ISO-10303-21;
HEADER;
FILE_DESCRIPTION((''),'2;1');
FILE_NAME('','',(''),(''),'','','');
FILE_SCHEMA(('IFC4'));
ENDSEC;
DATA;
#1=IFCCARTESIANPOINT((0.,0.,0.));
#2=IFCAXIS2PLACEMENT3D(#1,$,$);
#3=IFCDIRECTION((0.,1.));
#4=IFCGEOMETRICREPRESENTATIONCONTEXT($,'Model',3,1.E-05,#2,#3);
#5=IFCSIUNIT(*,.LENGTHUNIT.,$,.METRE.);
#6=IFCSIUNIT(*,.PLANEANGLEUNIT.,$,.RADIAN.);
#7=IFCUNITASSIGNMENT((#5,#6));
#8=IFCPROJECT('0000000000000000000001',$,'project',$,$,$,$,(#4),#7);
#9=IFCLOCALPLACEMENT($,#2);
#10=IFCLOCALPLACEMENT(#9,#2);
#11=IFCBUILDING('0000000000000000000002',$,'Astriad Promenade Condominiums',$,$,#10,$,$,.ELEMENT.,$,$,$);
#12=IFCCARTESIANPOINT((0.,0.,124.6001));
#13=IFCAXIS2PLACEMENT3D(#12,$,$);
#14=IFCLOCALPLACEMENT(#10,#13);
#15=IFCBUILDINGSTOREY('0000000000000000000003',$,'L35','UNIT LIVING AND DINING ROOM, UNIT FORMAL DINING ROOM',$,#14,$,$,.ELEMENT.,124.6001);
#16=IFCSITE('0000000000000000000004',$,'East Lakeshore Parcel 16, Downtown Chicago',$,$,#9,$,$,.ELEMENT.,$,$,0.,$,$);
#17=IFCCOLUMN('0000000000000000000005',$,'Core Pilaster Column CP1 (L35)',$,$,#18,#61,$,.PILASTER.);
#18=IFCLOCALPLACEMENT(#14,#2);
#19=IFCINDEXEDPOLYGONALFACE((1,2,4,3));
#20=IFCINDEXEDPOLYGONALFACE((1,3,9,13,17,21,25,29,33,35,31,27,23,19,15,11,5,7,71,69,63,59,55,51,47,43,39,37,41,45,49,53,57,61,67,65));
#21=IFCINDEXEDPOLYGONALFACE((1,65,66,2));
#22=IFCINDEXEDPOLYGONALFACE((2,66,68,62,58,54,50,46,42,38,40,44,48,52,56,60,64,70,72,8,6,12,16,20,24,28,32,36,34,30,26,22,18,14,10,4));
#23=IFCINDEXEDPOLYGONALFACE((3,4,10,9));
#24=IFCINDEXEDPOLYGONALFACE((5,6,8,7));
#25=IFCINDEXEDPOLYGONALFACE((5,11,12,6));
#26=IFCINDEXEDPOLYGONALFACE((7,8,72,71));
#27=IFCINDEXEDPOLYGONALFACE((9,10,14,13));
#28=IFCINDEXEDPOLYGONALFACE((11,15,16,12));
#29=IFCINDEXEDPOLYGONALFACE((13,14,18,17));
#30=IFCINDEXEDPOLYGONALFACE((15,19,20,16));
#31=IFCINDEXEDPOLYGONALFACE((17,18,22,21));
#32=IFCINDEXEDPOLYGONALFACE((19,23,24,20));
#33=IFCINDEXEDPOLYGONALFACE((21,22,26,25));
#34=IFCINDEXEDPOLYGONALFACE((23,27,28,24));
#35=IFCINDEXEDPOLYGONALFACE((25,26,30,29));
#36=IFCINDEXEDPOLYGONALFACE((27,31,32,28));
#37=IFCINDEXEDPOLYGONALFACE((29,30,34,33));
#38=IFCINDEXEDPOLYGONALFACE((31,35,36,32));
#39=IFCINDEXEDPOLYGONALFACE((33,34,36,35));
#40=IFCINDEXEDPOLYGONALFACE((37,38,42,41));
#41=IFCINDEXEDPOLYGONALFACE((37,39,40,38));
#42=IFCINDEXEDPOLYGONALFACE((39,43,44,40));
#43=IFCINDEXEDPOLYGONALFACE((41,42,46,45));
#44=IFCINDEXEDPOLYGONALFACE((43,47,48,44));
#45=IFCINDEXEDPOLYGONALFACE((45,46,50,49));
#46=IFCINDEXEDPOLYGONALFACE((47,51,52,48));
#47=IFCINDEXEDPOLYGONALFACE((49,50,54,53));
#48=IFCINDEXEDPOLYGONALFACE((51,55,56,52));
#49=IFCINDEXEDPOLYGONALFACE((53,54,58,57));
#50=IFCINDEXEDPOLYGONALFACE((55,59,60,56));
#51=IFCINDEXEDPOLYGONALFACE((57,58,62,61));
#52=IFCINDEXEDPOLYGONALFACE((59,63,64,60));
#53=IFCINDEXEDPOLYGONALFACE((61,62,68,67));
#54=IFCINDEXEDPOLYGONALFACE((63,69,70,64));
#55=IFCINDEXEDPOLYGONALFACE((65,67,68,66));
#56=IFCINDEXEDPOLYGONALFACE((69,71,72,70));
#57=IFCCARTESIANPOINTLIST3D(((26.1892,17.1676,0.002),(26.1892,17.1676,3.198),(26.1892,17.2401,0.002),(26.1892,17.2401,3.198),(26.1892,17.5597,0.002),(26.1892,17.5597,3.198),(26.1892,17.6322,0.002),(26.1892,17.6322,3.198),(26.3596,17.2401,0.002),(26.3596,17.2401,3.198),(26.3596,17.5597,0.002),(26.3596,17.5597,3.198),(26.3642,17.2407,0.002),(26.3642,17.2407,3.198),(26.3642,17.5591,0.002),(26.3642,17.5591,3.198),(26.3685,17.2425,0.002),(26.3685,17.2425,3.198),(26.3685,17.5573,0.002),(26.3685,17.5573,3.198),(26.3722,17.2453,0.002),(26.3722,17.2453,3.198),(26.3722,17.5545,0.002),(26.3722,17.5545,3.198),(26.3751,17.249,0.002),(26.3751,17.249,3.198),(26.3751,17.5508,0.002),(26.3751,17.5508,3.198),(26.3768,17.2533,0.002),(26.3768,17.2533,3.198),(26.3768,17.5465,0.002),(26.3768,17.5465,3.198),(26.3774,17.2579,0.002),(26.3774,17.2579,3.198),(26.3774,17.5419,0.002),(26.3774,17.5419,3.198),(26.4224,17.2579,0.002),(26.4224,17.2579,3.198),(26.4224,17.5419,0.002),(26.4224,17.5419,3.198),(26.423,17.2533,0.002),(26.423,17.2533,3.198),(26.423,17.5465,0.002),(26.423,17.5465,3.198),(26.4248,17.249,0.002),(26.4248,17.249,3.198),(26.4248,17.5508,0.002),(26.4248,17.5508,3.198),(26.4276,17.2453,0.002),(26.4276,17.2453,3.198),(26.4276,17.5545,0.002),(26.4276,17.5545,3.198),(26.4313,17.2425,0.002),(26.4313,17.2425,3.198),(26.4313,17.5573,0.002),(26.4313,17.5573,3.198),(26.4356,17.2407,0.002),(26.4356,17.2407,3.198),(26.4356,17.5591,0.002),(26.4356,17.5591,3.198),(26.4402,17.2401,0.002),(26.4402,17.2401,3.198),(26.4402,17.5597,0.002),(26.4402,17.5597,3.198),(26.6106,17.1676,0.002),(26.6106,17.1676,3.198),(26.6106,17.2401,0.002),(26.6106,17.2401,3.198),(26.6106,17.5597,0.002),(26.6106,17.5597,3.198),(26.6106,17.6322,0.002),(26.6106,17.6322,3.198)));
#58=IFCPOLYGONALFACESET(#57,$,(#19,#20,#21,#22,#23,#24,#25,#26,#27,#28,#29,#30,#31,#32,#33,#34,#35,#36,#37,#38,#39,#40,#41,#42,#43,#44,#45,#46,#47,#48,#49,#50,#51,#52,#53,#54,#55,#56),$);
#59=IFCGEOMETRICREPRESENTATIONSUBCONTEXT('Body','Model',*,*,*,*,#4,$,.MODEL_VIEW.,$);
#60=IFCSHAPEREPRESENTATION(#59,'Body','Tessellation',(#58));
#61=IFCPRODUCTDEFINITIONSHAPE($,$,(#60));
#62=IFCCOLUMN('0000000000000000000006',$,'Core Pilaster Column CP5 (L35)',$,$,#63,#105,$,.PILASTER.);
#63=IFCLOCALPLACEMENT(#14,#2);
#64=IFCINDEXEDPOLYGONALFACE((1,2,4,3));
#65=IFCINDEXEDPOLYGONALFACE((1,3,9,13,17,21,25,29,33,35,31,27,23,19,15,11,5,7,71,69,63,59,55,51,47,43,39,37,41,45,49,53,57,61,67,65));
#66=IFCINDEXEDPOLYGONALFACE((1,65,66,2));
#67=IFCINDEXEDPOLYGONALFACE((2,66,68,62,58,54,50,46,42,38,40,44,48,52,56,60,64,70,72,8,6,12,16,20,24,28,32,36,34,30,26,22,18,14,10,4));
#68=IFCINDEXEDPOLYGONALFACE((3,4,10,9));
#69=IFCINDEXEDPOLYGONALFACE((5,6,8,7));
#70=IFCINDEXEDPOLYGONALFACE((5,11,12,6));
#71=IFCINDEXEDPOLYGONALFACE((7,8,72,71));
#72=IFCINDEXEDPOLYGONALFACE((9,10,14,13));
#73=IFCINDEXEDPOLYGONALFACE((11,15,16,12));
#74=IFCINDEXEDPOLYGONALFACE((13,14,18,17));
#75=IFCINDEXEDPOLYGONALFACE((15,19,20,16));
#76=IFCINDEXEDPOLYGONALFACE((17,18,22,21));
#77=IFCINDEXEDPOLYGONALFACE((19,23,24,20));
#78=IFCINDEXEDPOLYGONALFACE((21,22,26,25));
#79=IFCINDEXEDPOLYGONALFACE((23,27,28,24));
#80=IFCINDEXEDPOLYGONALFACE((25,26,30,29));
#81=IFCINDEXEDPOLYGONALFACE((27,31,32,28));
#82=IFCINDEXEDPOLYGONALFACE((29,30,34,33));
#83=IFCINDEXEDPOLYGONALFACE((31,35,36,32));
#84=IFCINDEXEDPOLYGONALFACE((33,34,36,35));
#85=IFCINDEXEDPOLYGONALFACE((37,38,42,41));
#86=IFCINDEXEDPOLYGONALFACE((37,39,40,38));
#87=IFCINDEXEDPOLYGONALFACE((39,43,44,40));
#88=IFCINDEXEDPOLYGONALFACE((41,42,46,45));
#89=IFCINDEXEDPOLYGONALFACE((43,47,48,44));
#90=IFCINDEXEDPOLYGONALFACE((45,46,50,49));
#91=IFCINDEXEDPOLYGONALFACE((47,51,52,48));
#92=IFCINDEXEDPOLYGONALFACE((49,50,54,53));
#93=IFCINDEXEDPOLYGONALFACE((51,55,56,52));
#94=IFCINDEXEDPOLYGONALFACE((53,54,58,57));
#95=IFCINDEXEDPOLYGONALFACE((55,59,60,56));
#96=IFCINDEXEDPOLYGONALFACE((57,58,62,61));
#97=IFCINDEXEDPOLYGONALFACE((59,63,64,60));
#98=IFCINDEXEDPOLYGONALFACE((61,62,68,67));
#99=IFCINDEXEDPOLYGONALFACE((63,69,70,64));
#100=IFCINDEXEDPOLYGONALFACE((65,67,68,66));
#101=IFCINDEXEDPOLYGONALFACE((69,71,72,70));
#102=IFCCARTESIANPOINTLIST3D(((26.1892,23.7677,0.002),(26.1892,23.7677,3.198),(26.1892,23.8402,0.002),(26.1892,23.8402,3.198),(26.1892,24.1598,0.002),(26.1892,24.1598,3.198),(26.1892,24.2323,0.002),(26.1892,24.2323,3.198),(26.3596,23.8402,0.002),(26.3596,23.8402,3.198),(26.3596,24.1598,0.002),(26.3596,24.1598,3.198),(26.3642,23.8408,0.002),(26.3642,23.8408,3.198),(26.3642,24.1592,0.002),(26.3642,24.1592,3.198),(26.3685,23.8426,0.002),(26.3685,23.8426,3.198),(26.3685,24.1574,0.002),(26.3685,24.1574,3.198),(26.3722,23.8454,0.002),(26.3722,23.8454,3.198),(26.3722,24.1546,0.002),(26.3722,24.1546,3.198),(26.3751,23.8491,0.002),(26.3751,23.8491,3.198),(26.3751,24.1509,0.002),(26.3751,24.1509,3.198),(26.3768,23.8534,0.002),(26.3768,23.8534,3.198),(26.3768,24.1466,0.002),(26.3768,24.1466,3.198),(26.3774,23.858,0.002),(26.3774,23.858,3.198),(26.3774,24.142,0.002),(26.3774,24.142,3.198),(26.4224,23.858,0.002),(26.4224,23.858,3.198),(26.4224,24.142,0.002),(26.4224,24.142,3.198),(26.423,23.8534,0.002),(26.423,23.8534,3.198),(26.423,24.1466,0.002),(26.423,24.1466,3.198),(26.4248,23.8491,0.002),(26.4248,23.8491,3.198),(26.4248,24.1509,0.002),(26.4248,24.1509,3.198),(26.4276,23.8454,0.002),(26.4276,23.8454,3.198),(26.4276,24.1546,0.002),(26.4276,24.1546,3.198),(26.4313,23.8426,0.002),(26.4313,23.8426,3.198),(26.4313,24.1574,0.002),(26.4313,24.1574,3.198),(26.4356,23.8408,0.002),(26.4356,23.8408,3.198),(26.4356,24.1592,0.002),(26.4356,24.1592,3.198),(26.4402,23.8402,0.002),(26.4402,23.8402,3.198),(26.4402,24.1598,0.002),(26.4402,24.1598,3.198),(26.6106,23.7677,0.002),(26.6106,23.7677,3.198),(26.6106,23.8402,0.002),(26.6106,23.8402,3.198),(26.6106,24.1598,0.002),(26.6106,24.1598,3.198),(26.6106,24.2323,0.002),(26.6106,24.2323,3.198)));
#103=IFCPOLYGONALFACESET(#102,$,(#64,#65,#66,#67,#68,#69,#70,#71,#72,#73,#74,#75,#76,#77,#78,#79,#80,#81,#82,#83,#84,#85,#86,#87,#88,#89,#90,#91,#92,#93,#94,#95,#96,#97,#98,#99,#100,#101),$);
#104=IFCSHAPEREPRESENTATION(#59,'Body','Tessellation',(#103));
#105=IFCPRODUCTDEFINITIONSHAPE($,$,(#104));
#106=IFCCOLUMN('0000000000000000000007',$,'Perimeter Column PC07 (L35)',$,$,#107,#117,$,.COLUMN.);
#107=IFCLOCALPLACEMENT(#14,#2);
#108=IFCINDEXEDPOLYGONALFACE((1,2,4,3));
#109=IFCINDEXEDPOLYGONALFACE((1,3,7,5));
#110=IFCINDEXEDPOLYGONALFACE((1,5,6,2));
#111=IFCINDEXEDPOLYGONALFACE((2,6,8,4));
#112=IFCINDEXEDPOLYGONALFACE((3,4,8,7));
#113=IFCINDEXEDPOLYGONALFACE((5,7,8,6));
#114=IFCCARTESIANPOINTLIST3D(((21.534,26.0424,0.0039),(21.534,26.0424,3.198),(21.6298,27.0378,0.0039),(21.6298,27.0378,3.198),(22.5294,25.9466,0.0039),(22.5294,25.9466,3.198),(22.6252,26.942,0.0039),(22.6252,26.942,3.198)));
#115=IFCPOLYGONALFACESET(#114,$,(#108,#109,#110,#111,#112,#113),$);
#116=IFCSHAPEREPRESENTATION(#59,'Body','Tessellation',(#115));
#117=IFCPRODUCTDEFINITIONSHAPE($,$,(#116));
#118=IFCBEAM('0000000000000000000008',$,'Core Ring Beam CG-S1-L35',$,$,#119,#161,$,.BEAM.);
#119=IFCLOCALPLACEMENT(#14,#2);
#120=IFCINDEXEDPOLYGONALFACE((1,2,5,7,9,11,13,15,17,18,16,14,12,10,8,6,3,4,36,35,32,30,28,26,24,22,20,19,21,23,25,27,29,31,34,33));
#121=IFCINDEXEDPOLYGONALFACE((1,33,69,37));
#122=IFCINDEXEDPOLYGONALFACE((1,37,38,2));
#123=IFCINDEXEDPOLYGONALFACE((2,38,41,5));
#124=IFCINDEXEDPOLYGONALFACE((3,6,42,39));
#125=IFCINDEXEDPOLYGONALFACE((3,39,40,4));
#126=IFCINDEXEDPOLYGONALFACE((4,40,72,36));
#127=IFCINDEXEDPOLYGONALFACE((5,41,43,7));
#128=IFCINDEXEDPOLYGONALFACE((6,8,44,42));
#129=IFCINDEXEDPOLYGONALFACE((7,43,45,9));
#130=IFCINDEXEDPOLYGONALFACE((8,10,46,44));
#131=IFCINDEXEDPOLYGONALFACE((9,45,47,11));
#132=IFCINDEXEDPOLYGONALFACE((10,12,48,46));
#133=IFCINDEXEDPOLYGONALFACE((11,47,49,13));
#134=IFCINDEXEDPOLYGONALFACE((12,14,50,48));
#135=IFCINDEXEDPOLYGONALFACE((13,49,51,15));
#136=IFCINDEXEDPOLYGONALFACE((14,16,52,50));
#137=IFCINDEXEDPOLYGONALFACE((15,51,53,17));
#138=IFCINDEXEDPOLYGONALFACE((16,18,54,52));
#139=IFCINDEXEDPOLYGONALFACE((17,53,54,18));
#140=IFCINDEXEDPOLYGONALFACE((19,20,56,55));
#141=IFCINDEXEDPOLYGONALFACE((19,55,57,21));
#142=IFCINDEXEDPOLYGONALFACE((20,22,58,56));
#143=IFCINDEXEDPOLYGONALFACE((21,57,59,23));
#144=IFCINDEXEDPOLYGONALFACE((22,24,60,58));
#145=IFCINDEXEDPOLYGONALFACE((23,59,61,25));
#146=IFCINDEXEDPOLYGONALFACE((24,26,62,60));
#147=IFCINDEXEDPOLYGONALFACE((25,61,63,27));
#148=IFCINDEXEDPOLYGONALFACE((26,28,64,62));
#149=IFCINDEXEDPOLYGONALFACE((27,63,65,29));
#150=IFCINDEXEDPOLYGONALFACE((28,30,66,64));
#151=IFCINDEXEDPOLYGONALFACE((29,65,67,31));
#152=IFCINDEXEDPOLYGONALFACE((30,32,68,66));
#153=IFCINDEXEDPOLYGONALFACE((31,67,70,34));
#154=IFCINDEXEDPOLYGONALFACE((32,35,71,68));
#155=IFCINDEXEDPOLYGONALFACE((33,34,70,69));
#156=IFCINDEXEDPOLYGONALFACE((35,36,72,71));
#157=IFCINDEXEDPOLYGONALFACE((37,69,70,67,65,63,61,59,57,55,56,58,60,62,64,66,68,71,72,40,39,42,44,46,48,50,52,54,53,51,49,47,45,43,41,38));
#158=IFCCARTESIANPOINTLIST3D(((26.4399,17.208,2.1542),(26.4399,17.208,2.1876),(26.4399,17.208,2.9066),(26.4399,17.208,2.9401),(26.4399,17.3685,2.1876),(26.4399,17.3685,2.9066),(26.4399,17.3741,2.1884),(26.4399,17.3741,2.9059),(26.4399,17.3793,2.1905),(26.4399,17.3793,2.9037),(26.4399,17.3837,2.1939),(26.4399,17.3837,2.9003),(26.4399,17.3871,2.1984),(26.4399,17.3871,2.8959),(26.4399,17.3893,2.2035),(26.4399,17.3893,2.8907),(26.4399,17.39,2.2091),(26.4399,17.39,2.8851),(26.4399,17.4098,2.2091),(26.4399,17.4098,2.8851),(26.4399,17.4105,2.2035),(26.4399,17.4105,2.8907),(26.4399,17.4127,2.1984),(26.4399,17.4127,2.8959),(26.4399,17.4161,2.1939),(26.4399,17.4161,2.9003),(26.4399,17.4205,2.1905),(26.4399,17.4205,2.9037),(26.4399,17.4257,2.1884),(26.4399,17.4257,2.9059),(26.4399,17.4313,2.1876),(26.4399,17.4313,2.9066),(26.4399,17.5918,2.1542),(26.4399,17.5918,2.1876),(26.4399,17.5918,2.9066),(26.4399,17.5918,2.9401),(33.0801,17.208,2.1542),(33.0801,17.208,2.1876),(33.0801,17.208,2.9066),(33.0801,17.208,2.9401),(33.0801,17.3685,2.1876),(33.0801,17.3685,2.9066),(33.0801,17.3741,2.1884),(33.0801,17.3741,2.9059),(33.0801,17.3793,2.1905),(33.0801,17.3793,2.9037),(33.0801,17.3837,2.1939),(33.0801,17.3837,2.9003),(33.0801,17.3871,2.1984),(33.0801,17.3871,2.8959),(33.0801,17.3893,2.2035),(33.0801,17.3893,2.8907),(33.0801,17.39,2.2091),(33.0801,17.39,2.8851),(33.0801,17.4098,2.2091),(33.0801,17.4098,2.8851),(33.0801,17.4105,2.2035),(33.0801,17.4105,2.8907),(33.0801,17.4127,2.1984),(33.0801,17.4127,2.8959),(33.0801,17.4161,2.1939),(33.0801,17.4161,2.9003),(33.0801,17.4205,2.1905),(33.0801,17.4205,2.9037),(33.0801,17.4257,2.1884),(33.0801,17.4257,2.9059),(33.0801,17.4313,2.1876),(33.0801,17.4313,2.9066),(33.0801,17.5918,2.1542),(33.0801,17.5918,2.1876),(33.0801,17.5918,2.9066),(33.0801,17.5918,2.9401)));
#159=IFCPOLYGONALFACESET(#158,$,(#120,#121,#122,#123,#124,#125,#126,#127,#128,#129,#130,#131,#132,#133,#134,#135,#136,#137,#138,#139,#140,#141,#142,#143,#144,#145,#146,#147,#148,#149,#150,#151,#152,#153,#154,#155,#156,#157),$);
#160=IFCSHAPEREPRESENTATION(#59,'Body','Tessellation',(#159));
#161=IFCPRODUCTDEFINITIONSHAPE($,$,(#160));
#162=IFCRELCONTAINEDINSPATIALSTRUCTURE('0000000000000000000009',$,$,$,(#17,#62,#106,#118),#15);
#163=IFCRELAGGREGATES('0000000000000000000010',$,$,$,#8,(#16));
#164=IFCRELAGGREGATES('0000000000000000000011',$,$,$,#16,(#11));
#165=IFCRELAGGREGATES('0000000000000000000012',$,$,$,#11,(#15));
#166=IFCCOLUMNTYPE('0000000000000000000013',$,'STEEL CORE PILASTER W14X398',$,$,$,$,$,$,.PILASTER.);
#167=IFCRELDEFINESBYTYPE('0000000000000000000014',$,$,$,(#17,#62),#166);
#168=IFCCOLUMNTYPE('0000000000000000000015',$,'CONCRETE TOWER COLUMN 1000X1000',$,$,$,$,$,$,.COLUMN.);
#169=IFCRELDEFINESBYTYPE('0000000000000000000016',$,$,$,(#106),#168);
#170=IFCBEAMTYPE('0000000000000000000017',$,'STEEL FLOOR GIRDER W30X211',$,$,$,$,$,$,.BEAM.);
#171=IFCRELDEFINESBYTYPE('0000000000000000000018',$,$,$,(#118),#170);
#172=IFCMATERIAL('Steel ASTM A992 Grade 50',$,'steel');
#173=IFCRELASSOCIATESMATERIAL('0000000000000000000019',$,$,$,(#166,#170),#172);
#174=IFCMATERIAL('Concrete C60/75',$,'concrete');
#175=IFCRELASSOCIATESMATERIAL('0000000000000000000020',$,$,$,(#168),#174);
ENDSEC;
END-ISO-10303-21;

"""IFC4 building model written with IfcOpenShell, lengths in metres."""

from ifc_helpers import new_model, si_unit, direction, frame, origin, origin_2d, place, context, subcontext, project, spatial, rectangle, i_section, extrude, source, transform, mapped, material, material_profile, profile_set, type_object, type_shapes, element, save


model = new_model("IFC4")

# Units and contexts
model_context = context("Model", 3, precision=1e-05, world=origin(), true_north=direction((0.0, 1.0)))
body_context = subcontext(model_context, "Body", "Model", "MODEL_VIEW")
ifc_project = project(units=[si_unit("LENGTHUNIT", "METRE"), si_unit("PLANEANGLEUNIT", "RADIAN")], contexts=[model_context])

# Site, building, storey
site_placement = place(None, origin())
site = spatial("IfcSite", under=ifc_project, at=site_placement, Name="East Lakeshore Parcel 16, Downtown Chicago", CompositionType="ELEMENT", RefElevation=0.0)
building_placement = place(site_placement, origin())
building = spatial("IfcBuilding", under=site, at=building_placement, Name="Astriad Promenade Condominiums", CompositionType="ELEMENT")
storey_placement = place(building_placement, frame((0.0, 0.0, 124.6001)))
storey = spatial("IfcBuildingStorey", under=building, at=storey_placement, Name="L35", Description="UNIT LIVING AND DINING ROOM, UNIT FORMAL DINING ROOM", CompositionType="ELEMENT", Elevation=124.6001)

# Columns
ifc_material_1 = material(Name="Steel ASTM A992 Grade 50", Category="steel")
ifc_material_profile_1 = material_profile(ifc_material_1, i_section(OverallWidth=0.4214, OverallDepth=0.4646, WebThickness=0.0449, FlangeThickness=0.0725, FilletRadius=0.0178, at=origin_2d()), Name="W14X398")
ifc_profile_set_1 = profile_set([ifc_material_profile_1], Name="Steel ASTM A992 Grade 50")
column_type_1 = type_object("IfcColumnType", Name="STEEL CORE PILASTER W14X398", PredefinedType="PILASTER", material=ifc_profile_set_1)
shared_shape_1 = source(origin(), body_context, "Body", "SweptSolid", [
    extrude(i_section(OverallWidth=0.4214, OverallDepth=0.4646, WebThickness=0.0449, FlangeThickness=0.0725, FilletRadius=0.0178, at=origin_2d()), origin(), (0.0, 0.0, 1.0), 3.196),
])
type_shapes(column_type_1, [shared_shape_1])
for number, where, z_axis, x_axis, name in (
    (1, (26.3999, 17.3999, 0.002), (0.0, 0.0, 1.0), (1.0, 0.0, 0.0), "Core Pilaster Column CP1 (L35)"),
    (2, (26.3999, 24.0, 0.002), (0.0, 0.0, 1.0), (1.0, 0.0, 0.0), "Core Pilaster Column CP5 (L35)"),
):
    element("IfcColumn", number, at=place(storey_placement, frame(where, z_axis=z_axis, x_axis=x_axis)), inside=storey, type_object=column_type_1, Name=name, PredefinedType="PILASTER", context=body_context, shape_type="MappedRepresentation", body=[
        mapped(shared_shape_1, transform((0.0, 0.0, 0.0), scale=1.0)),
    ])
ifc_material_2 = material(Name="Concrete C60/75", Category="concrete")
ifc_material_profile_2 = material_profile(ifc_material_2, rectangle(XDim=1.0, YDim=1.0, at=origin_2d()), Name="RC-COL-1000X1000")
ifc_profile_set_2 = profile_set([ifc_material_profile_2], Name="Concrete C60/75")
column_type_2 = type_object("IfcColumnType", Name="CONCRETE TOWER COLUMN 1000X1000", PredefinedType="COLUMN", material=ifc_profile_set_2)
shared_shape_2 = source(origin(), body_context, "Body", "SweptSolid", [
    extrude(rectangle(XDim=1.0, YDim=1.0, at=origin_2d()), origin(), (0.0, 0.0, 1.0), 3.1941),
])
type_shapes(column_type_2, [shared_shape_2])
column_placement = place(storey_placement, frame((22.0796, 26.4922, 0.0039), z_axis=(0.0, 0.0, 1.0), x_axis=(0.995396, -0.095846, 0.0)))
element("IfcColumn", 3, at=column_placement, inside=storey, type_object=column_type_2, Name="Perimeter Column PC07 (L35)", PredefinedType="COLUMN", context=body_context, shape_type="MappedRepresentation", body=[
    mapped(shared_shape_2, transform((0.0, 0.0, 0.0), scale=1.0)),
])

# Beam
ifc_material_profile_3 = material_profile(ifc_material_1, i_section(OverallWidth=0.3838, OverallDepth=0.7859, WebThickness=0.0198, FlangeThickness=0.0334, FilletRadius=0.0215, at=origin_2d()), Name="W30X211")
ifc_profile_set_3 = profile_set([ifc_material_profile_3], Name="Steel ASTM A992 Grade 50")
beam_type_1 = type_object("IfcBeamType", Name="STEEL FLOOR GIRDER W30X211", PredefinedType="BEAM", material=ifc_profile_set_3)
shared_shape_3 = source(origin(), body_context, "Body", "SweptSolid", [
    extrude(i_section(OverallWidth=0.3838, OverallDepth=0.7859, WebThickness=0.0198, FlangeThickness=0.0334, FilletRadius=0.0215, at=origin_2d()), origin(), (0.0, 0.0, 1.0), 6.6401),
])
type_shapes(beam_type_1, [shared_shape_3])
beam_1_placement = place(storey_placement, frame((26.4399, 17.3999, 2.5471), z_axis=(1.0, 0.0, 0.0), x_axis=(0.0, 1.0, 0.0)))
element("IfcBeam", 4, at=beam_1_placement, inside=storey, type_object=beam_type_1, Name="Core Ring Beam CG-S1-L35", PredefinedType="BEAM", context=body_context, shape_type="MappedRepresentation", body=[
    mapped(shared_shape_3, transform((0.0, 0.0, 0.0), scale=1.0)),
])

save(model, "model.ifc")
